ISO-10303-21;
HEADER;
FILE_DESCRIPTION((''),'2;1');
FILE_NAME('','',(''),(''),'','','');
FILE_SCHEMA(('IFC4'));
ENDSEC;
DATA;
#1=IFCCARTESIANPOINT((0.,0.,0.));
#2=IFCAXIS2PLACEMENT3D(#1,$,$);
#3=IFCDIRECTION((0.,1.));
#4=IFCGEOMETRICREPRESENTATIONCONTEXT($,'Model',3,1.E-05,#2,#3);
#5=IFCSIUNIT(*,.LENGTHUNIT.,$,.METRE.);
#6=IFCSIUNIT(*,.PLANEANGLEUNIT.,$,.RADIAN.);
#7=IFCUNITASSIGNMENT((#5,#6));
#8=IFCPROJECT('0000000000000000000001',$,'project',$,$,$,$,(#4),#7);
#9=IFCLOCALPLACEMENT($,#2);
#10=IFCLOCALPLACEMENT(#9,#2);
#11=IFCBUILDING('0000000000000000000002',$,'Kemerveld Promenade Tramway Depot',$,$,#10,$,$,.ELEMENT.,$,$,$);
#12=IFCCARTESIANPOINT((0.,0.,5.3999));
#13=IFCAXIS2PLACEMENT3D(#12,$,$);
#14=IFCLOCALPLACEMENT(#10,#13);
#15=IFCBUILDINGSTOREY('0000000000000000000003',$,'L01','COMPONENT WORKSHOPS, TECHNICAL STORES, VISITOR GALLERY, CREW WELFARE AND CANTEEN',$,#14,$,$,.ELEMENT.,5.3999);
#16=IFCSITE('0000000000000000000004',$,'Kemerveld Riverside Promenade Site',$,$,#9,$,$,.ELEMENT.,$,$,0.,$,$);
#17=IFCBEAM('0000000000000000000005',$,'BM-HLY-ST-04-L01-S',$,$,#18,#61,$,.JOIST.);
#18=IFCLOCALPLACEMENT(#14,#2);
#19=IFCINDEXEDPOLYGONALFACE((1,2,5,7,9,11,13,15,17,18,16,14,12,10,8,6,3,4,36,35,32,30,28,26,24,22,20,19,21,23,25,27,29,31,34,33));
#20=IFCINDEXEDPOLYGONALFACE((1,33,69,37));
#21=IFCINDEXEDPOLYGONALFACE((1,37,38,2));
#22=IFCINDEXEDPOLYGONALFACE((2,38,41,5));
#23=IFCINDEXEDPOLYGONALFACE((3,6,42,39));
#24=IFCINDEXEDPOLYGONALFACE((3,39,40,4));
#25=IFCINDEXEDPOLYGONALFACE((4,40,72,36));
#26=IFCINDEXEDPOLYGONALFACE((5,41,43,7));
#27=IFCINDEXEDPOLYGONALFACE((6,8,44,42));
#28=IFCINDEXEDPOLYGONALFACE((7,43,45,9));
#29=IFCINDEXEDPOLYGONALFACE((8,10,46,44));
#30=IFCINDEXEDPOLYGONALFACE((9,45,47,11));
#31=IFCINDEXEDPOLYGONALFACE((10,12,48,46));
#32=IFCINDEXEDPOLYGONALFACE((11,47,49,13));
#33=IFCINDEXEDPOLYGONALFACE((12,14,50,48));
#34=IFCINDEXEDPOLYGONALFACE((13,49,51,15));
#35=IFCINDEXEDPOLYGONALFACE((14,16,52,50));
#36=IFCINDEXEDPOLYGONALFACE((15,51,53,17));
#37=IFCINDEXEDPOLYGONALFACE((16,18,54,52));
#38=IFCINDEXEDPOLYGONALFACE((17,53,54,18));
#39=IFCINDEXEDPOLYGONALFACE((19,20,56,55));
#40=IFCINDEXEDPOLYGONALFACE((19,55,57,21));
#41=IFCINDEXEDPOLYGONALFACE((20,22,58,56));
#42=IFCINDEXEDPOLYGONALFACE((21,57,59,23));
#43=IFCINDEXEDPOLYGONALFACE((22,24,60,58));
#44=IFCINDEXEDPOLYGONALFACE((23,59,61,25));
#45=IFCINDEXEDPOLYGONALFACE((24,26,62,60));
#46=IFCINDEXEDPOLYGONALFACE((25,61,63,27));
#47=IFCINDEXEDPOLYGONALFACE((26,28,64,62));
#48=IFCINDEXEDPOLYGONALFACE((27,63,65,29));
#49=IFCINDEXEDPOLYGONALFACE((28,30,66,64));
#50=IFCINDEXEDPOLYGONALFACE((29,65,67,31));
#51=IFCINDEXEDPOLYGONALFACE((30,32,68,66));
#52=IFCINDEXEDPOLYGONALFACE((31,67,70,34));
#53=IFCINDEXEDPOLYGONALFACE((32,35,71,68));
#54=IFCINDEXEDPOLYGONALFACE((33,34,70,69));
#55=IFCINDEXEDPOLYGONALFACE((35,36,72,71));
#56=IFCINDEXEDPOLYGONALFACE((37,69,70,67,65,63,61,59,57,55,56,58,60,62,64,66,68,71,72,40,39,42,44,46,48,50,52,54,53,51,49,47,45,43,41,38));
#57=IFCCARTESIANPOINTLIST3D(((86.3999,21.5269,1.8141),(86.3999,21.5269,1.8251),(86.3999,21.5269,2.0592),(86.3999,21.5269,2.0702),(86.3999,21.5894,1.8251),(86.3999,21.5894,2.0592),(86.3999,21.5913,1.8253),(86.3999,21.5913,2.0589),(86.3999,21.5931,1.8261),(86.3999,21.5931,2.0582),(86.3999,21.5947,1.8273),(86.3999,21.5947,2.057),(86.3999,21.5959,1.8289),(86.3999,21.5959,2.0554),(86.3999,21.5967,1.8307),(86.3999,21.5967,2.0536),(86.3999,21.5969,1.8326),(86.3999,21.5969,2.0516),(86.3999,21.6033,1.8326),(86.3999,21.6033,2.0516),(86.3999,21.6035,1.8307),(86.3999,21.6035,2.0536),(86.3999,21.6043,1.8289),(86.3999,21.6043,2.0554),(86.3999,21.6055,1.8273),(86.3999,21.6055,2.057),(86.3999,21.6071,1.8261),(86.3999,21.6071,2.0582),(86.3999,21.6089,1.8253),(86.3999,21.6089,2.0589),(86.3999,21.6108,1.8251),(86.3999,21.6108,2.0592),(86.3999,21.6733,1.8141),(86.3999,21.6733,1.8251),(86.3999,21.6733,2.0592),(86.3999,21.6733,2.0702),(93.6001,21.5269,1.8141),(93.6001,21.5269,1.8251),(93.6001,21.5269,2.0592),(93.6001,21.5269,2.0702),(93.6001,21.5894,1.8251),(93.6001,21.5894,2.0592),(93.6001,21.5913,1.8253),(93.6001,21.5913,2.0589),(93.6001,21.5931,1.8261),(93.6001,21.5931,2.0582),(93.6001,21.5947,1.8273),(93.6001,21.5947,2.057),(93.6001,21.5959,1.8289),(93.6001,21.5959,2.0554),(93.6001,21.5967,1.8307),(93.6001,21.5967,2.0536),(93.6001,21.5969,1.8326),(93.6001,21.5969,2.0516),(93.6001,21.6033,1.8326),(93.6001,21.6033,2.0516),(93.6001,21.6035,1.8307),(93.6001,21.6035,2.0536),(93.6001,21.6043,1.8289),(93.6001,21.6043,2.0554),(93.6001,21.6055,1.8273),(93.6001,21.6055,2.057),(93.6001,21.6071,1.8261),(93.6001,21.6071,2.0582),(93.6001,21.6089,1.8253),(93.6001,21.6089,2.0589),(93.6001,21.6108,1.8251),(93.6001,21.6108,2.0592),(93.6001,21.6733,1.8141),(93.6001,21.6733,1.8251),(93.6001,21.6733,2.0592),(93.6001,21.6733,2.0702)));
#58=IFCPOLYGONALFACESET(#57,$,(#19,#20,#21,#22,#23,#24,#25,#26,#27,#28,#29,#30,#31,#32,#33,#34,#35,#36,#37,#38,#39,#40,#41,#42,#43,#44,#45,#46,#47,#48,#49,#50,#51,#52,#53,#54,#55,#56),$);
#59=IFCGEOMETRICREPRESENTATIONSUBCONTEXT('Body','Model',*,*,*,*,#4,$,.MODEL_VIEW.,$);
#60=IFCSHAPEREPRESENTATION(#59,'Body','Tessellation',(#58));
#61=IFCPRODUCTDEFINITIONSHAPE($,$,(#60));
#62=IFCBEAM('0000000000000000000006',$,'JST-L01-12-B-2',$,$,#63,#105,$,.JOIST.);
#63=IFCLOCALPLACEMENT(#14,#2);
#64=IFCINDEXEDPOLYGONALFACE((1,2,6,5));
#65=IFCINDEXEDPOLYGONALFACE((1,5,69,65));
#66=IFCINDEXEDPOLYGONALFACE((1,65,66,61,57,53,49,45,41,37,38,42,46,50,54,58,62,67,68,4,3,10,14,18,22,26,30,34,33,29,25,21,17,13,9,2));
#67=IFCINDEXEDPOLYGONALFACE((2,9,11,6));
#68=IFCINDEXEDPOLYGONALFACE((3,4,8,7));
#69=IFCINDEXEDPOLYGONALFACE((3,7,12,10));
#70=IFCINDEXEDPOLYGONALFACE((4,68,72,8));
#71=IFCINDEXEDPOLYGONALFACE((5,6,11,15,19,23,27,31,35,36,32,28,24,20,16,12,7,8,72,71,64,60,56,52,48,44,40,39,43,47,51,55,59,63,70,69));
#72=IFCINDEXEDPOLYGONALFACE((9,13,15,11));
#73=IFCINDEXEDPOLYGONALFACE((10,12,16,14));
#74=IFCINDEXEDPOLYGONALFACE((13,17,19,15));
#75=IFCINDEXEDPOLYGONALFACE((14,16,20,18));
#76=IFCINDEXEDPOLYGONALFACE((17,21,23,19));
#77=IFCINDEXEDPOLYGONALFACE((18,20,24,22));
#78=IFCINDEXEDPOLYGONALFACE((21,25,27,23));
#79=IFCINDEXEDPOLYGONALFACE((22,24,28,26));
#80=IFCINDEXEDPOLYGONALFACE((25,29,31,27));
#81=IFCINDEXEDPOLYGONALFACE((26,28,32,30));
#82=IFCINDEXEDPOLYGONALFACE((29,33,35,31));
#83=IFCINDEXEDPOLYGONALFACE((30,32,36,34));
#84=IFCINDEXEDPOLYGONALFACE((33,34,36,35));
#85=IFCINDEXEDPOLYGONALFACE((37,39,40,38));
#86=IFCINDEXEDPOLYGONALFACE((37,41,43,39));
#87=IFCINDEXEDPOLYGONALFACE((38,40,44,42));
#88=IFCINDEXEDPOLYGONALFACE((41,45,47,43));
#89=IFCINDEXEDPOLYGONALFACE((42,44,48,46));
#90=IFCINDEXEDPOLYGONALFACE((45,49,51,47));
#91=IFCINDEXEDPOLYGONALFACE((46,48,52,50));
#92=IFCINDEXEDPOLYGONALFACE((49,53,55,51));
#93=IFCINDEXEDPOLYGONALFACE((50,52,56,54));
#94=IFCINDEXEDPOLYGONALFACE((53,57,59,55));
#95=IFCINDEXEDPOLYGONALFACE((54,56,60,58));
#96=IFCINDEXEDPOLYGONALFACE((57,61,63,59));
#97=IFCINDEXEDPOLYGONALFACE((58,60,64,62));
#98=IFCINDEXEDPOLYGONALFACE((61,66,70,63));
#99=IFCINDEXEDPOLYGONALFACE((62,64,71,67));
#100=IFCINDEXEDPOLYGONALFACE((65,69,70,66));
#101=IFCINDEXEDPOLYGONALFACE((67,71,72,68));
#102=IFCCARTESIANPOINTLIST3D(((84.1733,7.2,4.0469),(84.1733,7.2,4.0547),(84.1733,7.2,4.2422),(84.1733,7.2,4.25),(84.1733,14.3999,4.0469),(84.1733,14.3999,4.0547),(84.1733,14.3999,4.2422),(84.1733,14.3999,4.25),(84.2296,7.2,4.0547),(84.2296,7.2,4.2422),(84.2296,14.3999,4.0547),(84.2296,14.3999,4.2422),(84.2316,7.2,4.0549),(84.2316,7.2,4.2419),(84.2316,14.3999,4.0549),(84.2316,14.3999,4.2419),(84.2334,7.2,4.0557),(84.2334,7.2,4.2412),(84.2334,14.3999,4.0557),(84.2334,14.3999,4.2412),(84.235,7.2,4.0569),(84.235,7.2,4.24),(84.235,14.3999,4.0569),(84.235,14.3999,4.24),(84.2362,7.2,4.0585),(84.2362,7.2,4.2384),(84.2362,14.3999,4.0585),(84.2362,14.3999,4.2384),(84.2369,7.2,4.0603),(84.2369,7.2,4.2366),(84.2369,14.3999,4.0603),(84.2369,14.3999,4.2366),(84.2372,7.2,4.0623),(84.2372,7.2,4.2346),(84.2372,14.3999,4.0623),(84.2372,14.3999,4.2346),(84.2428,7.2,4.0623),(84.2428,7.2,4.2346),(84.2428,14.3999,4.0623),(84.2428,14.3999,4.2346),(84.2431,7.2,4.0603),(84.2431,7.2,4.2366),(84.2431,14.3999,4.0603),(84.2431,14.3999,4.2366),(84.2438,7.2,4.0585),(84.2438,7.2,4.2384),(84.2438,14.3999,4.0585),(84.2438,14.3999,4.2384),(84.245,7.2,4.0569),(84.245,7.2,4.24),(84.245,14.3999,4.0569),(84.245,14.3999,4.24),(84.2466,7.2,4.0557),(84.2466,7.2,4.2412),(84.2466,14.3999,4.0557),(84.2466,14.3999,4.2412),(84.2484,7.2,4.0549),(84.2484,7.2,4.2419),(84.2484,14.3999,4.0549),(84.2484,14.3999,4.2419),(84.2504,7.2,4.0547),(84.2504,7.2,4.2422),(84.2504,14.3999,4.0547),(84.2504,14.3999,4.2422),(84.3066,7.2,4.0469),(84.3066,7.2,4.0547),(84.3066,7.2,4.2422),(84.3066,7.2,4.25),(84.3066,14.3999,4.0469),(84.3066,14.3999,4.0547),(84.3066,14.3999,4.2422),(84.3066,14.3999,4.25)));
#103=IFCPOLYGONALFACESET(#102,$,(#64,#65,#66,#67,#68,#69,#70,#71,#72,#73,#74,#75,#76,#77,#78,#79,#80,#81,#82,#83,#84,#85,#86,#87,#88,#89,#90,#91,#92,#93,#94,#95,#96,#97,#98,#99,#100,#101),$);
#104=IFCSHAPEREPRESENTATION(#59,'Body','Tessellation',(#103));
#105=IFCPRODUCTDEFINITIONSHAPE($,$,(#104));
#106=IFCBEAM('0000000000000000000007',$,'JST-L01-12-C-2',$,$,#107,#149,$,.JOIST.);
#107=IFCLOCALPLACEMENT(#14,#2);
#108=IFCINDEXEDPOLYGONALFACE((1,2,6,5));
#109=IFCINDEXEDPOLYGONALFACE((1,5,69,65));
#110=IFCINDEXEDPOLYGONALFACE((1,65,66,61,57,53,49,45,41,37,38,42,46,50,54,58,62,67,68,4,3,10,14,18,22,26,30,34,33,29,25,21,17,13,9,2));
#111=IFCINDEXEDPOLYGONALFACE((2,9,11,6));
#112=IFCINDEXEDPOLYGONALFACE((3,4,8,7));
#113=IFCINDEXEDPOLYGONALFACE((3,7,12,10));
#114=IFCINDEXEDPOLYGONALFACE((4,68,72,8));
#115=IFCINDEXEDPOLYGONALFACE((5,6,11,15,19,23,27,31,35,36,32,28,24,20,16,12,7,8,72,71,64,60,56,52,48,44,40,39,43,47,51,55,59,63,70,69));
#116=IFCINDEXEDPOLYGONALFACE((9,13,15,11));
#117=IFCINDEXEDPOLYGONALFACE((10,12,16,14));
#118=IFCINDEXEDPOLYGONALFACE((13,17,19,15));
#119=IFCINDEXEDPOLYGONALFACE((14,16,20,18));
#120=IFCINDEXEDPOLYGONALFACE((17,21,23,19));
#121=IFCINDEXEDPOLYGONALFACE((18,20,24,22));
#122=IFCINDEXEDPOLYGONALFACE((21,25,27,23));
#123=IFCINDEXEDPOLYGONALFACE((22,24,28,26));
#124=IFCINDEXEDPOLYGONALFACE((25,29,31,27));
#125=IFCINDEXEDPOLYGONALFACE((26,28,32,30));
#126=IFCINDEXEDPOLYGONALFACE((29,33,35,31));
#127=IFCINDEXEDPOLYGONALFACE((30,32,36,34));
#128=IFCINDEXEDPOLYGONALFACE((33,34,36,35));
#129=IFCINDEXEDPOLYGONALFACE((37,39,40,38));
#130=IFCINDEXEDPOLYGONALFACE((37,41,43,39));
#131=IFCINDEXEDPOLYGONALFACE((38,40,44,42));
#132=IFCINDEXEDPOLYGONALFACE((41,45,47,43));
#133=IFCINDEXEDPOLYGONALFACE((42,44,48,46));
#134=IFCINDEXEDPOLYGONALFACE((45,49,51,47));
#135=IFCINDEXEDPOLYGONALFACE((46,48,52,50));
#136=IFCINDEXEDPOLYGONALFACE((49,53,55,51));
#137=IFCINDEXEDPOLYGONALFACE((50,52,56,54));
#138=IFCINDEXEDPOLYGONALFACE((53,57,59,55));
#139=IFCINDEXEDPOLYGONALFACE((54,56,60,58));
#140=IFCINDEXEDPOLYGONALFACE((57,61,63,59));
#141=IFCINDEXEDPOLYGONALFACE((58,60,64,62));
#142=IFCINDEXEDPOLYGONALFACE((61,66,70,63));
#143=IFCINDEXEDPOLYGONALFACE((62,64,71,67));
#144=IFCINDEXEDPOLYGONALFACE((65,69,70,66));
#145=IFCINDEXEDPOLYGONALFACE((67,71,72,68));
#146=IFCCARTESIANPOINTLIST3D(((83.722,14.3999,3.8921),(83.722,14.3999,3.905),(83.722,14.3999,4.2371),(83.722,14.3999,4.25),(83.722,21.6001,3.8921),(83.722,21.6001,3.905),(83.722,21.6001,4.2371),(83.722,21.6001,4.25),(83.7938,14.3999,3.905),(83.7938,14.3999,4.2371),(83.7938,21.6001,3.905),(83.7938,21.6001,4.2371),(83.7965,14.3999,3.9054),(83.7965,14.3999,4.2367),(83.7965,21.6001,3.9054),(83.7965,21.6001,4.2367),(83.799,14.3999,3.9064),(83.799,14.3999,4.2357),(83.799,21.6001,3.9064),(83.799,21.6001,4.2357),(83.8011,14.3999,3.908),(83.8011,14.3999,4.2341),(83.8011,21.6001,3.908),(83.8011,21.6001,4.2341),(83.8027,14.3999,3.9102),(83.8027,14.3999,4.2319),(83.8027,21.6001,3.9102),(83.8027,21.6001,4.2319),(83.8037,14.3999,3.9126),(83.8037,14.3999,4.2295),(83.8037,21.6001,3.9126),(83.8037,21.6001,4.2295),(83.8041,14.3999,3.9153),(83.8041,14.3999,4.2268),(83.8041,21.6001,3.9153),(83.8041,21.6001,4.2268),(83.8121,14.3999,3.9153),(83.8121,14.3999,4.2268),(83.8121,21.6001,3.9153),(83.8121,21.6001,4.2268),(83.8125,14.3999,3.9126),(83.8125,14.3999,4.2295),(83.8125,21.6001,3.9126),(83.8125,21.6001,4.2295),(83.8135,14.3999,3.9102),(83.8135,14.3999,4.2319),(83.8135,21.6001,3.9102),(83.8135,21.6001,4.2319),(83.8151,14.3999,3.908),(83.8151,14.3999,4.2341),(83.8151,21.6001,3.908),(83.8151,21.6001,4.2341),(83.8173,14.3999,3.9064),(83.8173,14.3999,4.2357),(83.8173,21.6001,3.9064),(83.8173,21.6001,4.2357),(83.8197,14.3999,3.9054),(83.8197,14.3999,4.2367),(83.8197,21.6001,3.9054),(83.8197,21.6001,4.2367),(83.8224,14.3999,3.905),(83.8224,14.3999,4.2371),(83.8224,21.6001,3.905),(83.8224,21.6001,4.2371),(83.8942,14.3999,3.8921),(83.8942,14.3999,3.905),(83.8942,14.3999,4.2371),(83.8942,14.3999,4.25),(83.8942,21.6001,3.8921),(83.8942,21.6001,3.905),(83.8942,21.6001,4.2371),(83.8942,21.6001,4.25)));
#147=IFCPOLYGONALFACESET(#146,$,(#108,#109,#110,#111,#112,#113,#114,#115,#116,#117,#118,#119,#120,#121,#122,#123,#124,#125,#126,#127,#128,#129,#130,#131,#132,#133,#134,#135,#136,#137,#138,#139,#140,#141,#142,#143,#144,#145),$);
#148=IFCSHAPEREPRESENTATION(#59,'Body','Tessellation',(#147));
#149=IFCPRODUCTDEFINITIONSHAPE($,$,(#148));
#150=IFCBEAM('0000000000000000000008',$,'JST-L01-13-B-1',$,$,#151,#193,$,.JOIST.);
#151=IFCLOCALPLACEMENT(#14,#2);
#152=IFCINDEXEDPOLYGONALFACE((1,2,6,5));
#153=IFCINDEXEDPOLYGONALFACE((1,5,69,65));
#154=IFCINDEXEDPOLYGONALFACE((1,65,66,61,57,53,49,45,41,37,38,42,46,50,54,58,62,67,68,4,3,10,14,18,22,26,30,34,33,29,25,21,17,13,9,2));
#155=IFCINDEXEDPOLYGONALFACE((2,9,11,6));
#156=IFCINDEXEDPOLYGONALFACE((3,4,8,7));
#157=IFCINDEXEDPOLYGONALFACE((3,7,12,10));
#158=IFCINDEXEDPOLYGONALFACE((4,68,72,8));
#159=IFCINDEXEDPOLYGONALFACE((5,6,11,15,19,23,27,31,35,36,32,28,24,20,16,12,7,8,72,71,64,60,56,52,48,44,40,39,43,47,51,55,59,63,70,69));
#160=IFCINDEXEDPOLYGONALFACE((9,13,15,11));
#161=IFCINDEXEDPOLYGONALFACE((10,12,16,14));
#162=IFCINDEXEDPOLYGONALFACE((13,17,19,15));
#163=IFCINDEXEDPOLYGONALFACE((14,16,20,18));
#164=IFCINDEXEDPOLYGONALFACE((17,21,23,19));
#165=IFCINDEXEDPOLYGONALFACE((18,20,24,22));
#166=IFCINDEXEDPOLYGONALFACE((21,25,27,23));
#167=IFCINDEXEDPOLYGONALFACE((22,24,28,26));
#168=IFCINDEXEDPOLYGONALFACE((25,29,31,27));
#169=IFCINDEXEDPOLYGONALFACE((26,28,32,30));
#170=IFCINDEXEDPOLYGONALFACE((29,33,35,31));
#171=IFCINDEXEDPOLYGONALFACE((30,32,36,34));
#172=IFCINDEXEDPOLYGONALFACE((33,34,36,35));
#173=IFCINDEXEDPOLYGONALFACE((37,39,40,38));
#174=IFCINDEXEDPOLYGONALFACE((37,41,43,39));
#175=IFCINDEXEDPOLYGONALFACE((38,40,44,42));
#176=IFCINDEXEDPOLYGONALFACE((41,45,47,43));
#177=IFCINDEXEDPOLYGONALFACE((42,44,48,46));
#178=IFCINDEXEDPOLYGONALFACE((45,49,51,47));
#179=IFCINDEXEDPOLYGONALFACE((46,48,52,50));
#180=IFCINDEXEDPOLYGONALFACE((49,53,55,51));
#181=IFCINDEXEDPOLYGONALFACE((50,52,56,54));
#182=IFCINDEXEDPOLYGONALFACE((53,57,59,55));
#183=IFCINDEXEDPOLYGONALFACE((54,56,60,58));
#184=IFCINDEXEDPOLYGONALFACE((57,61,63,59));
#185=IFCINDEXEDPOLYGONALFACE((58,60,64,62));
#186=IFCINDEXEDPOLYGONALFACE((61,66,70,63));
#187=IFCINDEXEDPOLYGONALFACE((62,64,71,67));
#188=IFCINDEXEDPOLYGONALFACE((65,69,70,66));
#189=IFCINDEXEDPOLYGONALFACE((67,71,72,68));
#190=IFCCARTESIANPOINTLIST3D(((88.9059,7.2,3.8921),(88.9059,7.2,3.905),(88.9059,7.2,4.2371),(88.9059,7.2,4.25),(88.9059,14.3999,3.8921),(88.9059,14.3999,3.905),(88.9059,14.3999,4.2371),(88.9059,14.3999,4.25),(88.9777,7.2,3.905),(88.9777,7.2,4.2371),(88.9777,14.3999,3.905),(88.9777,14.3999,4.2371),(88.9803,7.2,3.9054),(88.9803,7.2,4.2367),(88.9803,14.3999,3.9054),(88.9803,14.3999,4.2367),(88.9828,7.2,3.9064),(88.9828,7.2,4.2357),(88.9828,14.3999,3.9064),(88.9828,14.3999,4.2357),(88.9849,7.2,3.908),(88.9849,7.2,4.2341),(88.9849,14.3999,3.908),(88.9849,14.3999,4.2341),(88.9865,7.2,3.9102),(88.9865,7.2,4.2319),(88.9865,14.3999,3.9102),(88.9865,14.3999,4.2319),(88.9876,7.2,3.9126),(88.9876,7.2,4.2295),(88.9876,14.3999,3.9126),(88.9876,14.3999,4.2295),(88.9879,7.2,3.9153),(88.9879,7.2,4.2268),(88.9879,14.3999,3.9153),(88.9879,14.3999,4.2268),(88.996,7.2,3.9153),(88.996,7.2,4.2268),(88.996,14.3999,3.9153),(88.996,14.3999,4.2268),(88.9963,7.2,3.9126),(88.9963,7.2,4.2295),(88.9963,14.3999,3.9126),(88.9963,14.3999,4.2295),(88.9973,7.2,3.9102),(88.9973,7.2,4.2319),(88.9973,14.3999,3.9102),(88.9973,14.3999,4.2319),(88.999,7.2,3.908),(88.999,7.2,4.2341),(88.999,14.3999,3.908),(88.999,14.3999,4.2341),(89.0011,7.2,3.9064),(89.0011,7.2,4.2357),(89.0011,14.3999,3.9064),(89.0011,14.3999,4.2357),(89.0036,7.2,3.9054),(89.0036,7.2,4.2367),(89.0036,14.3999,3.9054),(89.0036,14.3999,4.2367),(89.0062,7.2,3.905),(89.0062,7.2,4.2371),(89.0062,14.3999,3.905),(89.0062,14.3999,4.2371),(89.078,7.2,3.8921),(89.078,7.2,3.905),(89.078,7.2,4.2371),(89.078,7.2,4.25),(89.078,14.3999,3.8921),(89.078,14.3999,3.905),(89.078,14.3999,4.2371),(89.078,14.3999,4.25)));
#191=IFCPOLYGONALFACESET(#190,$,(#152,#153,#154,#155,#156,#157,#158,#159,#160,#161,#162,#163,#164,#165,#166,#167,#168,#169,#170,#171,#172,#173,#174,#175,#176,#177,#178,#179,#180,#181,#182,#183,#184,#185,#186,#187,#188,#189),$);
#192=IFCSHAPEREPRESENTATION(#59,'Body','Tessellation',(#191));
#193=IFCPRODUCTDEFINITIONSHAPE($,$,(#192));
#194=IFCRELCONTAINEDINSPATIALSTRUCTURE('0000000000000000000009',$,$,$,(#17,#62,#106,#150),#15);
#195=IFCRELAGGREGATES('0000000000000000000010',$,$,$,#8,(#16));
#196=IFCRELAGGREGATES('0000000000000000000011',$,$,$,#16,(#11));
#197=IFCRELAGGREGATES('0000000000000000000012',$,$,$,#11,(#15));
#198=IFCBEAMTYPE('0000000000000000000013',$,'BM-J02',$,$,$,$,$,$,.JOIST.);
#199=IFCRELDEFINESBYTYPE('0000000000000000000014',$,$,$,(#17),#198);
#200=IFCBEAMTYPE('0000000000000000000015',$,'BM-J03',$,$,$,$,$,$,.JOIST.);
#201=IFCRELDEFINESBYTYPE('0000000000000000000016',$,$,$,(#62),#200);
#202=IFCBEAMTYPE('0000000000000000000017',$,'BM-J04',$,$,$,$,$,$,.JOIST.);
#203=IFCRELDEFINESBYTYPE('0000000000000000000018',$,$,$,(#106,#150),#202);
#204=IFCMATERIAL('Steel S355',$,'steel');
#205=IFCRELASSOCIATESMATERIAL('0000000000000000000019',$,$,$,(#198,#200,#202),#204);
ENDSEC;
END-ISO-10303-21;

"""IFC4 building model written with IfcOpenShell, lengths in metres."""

from ifc_helpers import new_model, si_unit, direction, frame, origin, origin_2d, place, context, subcontext, project, spatial, i_section, extrude, material, material_profile, profile_set, type_object, element, save


model = new_model("IFC4")

# Units and contexts
model_context = context("Model", 3, precision=1e-05, world=origin(), true_north=direction((0.0, 1.0)))
body_context = subcontext(model_context, "Body", "Model", "MODEL_VIEW")
ifc_project = project(units=[si_unit("LENGTHUNIT", "METRE"), si_unit("PLANEANGLEUNIT", "RADIAN")], contexts=[model_context])

# Site, building, storey
site_placement = place(None, origin())
site = spatial("IfcSite", under=ifc_project, at=site_placement, Name="Kemerveld Riverside Promenade Site", CompositionType="ELEMENT", RefElevation=0.0)
building_placement = place(site_placement, origin())
building = spatial("IfcBuilding", under=site, at=building_placement, Name="Kemerveld Promenade Tramway Depot", CompositionType="ELEMENT")
storey_placement = place(building_placement, frame((0.0, 0.0, 5.3999)))
storey = spatial("IfcBuildingStorey", under=building, at=storey_placement, Name="L01", Description="COMPONENT WORKSHOPS, TECHNICAL STORES, VISITOR GALLERY, CREW WELFARE AND CANTEEN", CompositionType="ELEMENT", Elevation=5.3999)

# Shared definitions
ifc_material_1 = material(Name="Steel S355", Category="steel")

# Beams
ifc_material_profile_1 = material_profile(ifc_material_1, i_section(OverallWidth=0.1465, OverallDepth=0.2561, WebThickness=0.0063, FlangeThickness=0.011, FilletRadius=0.0076, at=origin_2d()), Name="254x146x37 UB")
ifc_profile_set_1 = profile_set([ifc_material_profile_1], Name="Steel S355")
beam_type_1 = type_object("IfcBeamType", Name="BM-J02", PredefinedType="JOIST", material=ifc_profile_set_1)
beam_1_placement = place(storey_placement, frame((86.3999, 21.6001, 1.9421), z_axis=(1.0, 0.0, 0.0), x_axis=(0.0, 1.0, 0.0)))
element("IfcBeam", 1, at=beam_1_placement, inside=storey, type_object=beam_type_1, Name="BM-HLY-ST-04-L01-S", PredefinedType="JOIST", context=body_context, shape_type="SweptSolid", body=[
    extrude(i_section(OverallWidth=0.1465, OverallDepth=0.2561, WebThickness=0.0063, FlangeThickness=0.011, FilletRadius=0.0076, at=origin_2d()), origin(), (0.0, 0.0, 1.0), 7.2002),
])
ifc_material_profile_2 = material_profile(ifc_material_1, i_section(OverallWidth=0.1333, OverallDepth=0.2031, WebThickness=0.0056, FlangeThickness=0.0078, FilletRadius=0.0076, at=origin_2d()), Name="203x133x25 UB")
ifc_profile_set_2 = profile_set([ifc_material_profile_2], Name="Steel S355")
beam_type_2 = type_object("IfcBeamType", Name="BM-J03", PredefinedType="JOIST", material=ifc_profile_set_2)
beam_2_placement = place(storey_placement, frame((84.24, 7.2, 4.1484), z_axis=(0.0, 1.0, 0.0), x_axis=(-1.0, 0.0, 0.0)))
element("IfcBeam", 2, at=beam_2_placement, inside=storey, type_object=beam_type_2, Name="JST-L01-12-B-2", PredefinedType="JOIST", context=body_context, shape_type="SweptSolid", body=[
    extrude(i_section(OverallWidth=0.1333, OverallDepth=0.2031, WebThickness=0.0056, FlangeThickness=0.0078, FilletRadius=0.0076, at=origin_2d()), origin(), (0.0, 0.0, 1.0), 7.2),
])
ifc_material_profile_3 = material_profile(ifc_material_1, i_section(OverallWidth=0.1721, OverallDepth=0.3579, WebThickness=0.0081, FlangeThickness=0.0129, FilletRadius=0.0103, at=origin_2d()), Name="356x171x57 UB")
ifc_profile_set_3 = profile_set([ifc_material_profile_3], Name="Steel S355")
beam_type_3 = type_object("IfcBeamType", Name="BM-J04", PredefinedType="JOIST", material=ifc_profile_set_3)
beam_3_placement = place(storey_placement, frame((83.8081, 14.3999, 4.071), z_axis=(0.0, 1.0, 0.0), x_axis=(-1.0, 0.0, 0.0)))
element("IfcBeam", 3, at=beam_3_placement, inside=storey, type_object=beam_type_3, Name="JST-L01-12-C-2", PredefinedType="JOIST", context=body_context, shape_type="SweptSolid", body=[
    extrude(i_section(OverallWidth=0.1721, OverallDepth=0.3579, WebThickness=0.0081, FlangeThickness=0.0129, FilletRadius=0.0103, at=origin_2d()), origin(), (0.0, 0.0, 1.0), 7.2002),
])
for number, where, z_axis, x_axis, name in (
    (4, (88.9919, 7.2, 4.071), (0.0, 1.0, 0.0), (-1.0, 0.0, 0.0), "JST-L01-13-B-1"),
):
    element("IfcBeam", number, at=place(storey_placement, frame(where, z_axis=z_axis, x_axis=x_axis)), inside=storey, type_object=beam_type_3, Name=name, PredefinedType="JOIST", context=body_context, shape_type="SweptSolid", body=[
        extrude(i_section(OverallWidth=0.1721, OverallDepth=0.3579, WebThickness=0.0081, FlangeThickness=0.0129, FilletRadius=0.0103, at=origin_2d()), origin(), (0.0, 0.0, 1.0), 7.2),
    ])

save(model, "model.ifc")
